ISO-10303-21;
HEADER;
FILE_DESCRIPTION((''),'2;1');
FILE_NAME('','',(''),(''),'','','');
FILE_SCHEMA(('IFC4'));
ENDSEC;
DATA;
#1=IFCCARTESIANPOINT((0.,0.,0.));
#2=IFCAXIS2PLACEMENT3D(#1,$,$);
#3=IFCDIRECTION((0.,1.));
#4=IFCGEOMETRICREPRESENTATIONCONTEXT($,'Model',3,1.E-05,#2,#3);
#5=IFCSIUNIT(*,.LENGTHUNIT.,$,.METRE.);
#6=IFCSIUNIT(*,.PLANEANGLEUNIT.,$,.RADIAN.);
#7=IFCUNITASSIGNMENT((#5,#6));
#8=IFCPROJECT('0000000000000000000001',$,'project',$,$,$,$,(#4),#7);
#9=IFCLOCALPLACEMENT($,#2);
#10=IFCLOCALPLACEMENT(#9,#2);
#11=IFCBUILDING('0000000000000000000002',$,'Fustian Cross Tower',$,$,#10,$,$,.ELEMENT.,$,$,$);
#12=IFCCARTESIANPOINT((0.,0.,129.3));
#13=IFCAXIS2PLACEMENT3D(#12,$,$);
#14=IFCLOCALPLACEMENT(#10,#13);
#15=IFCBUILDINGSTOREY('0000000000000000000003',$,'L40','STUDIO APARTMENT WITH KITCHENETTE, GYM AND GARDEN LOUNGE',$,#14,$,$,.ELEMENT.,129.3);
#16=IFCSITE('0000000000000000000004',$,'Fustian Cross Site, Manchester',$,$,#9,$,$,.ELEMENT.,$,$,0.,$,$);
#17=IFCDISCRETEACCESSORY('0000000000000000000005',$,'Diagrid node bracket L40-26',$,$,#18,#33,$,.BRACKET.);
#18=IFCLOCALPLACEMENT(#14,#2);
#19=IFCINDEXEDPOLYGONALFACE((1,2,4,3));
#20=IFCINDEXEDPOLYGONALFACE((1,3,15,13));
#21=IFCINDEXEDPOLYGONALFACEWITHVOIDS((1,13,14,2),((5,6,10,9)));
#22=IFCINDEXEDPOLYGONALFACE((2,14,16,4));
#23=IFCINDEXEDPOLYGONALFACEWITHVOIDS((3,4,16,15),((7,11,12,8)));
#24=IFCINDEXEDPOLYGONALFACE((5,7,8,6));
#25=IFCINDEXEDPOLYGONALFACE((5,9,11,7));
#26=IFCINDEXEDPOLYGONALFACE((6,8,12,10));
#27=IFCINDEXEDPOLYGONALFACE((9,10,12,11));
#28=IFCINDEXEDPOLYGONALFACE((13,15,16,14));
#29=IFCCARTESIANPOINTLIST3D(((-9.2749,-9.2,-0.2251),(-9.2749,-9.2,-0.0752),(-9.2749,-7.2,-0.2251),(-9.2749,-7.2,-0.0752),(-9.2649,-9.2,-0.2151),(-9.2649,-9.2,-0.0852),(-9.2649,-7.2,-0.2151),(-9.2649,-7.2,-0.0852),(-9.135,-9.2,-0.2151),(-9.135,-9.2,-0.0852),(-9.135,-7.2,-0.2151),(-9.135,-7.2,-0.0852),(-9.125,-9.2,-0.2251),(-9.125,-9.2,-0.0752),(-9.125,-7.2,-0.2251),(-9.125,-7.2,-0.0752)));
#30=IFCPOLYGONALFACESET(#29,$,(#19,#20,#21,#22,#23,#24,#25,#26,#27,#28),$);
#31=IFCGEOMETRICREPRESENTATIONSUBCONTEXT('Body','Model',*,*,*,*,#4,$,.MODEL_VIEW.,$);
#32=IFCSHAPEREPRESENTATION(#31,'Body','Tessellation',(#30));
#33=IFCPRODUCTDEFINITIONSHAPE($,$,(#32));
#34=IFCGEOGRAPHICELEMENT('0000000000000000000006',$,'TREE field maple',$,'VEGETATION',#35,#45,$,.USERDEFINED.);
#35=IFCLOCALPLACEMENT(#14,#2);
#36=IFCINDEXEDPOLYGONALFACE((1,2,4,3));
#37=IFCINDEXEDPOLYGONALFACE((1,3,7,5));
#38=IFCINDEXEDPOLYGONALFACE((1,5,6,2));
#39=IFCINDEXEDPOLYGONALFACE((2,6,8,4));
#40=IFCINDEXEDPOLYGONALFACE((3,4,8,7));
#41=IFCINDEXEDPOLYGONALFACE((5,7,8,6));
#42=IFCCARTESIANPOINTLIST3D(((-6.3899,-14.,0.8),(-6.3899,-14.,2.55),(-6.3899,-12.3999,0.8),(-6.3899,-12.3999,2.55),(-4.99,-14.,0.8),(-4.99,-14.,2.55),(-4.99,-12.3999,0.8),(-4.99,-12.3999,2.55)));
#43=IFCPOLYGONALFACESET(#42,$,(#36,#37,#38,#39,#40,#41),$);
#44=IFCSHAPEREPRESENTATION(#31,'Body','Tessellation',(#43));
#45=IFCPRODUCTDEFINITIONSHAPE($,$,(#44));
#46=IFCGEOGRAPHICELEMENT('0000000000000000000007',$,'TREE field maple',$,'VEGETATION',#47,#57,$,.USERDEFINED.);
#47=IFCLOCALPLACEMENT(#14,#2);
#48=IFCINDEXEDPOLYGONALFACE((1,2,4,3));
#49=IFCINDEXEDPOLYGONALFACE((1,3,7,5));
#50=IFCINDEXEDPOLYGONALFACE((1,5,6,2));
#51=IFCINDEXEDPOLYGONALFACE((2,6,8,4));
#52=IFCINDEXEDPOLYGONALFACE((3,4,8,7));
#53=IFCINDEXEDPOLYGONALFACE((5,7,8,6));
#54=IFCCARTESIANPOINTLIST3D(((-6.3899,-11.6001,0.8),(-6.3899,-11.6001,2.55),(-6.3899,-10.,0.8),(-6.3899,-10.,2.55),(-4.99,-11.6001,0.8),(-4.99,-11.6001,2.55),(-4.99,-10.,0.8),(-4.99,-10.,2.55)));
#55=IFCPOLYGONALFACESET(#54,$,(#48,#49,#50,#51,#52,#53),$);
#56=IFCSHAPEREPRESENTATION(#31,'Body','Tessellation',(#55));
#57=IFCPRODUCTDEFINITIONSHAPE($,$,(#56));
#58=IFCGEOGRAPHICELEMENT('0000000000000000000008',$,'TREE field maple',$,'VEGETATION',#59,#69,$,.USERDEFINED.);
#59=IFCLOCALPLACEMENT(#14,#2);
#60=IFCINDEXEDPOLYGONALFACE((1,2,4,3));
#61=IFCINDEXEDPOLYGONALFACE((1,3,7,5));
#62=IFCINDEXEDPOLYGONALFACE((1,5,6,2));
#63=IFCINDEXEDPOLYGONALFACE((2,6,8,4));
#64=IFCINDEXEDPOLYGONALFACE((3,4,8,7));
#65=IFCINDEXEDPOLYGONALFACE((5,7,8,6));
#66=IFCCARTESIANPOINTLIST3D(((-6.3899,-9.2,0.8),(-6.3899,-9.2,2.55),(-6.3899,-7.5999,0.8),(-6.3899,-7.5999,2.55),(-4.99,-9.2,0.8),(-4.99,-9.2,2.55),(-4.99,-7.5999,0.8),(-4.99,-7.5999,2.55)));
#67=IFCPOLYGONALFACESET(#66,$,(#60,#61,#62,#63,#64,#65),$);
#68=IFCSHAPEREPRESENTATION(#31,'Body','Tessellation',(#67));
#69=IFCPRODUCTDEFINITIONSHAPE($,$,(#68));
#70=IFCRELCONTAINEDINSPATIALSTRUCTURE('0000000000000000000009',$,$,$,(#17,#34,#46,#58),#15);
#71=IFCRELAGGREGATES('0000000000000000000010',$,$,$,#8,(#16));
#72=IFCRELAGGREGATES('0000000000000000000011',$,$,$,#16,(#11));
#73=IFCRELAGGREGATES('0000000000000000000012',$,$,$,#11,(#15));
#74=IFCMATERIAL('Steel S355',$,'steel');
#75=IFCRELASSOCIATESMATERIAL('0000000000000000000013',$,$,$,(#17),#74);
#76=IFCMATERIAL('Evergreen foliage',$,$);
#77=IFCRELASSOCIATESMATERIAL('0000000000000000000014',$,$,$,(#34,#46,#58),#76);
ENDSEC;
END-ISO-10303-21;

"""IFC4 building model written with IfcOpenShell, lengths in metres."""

from ifc_helpers import new_model, si_unit, direction, frame, origin, origin_2d, place, context, subcontext, project, spatial, rectangle, hollow_rectangle, extrude, material, element, save


model = new_model("IFC4")

# Units and contexts
model_context = context("Model", 3, precision=1e-05, world=origin(), true_north=direction((0.0, 1.0)))
body_context = subcontext(model_context, "Body", "Model", "MODEL_VIEW")
ifc_project = project(units=[si_unit("LENGTHUNIT", "METRE"), si_unit("PLANEANGLEUNIT", "RADIAN")], contexts=[model_context])

# Site, building, storey
site_placement = place(None, origin())
site = spatial("IfcSite", under=ifc_project, at=site_placement, Name="Fustian Cross Site, Manchester", CompositionType="ELEMENT", RefElevation=0.0)
building_placement = place(site_placement, origin())
building = spatial("IfcBuilding", under=site, at=building_placement, Name="Fustian Cross Tower", CompositionType="ELEMENT")
storey_placement = place(building_placement, frame((0.0, 0.0, 129.3)))
storey = spatial("IfcBuildingStorey", under=building, at=storey_placement, Name="L40", Description="STUDIO APARTMENT WITH KITCHENETTE, GYM AND GARDEN LOUNGE", CompositionType="ELEMENT", Elevation=129.3)

# Discrete accessory
ifc_material_1 = material(Name="Steel S355", Category="steel")
discrete_accessory_placement = place(storey_placement, frame((-9.2, -9.2, -0.1501), z_axis=(0.0, 1.0, 0.0), x_axis=(-1.0, 0.0, 0.0)))
element("IfcDiscreteAccessory", 1, at=discrete_accessory_placement, inside=storey, material=ifc_material_1, Name="Diagrid node bracket L40-26", PredefinedType="BRACKET", context=body_context, shape_type="SweptSolid", body=[
    extrude(hollow_rectangle(XDim=0.1499, YDim=0.1499, WallThickness=0.01, at=origin_2d()), origin(), (0.0, 0.0, 1.0), 2.0),
])

# Geographic elements
ifc_material_2 = material(Name="Evergreen foliage")
for number, where, z_axis, x_axis, name in (
    (2, (-5.6899, -13.2, 0.8), (0.0, 0.0, 1.0), (1.0, 0.0, 0.0), "TREE field maple"),
    (3, (-5.6899, -10.8, 0.8), (0.0, 0.0, 1.0), (1.0, 0.0, 0.0), "TREE field maple"),
    (4, (-5.6899, -8.3999, 0.8), (0.0, 0.0, 1.0), (1.0, 0.0, 0.0), "TREE field maple"),
):
    element("IfcGeographicElement", number, at=place(storey_placement, frame(where, z_axis=z_axis, x_axis=x_axis)), inside=storey, material=ifc_material_2, Name=name, ObjectType="VEGETATION", PredefinedType="USERDEFINED", context=body_context, shape_type="SweptSolid", body=[
        extrude(rectangle(XDim=1.3999, YDim=1.6001, at=origin_2d()), origin(), (0.0, 0.0, 1.0), 1.75),
    ])

save(model, "model.ifc")
